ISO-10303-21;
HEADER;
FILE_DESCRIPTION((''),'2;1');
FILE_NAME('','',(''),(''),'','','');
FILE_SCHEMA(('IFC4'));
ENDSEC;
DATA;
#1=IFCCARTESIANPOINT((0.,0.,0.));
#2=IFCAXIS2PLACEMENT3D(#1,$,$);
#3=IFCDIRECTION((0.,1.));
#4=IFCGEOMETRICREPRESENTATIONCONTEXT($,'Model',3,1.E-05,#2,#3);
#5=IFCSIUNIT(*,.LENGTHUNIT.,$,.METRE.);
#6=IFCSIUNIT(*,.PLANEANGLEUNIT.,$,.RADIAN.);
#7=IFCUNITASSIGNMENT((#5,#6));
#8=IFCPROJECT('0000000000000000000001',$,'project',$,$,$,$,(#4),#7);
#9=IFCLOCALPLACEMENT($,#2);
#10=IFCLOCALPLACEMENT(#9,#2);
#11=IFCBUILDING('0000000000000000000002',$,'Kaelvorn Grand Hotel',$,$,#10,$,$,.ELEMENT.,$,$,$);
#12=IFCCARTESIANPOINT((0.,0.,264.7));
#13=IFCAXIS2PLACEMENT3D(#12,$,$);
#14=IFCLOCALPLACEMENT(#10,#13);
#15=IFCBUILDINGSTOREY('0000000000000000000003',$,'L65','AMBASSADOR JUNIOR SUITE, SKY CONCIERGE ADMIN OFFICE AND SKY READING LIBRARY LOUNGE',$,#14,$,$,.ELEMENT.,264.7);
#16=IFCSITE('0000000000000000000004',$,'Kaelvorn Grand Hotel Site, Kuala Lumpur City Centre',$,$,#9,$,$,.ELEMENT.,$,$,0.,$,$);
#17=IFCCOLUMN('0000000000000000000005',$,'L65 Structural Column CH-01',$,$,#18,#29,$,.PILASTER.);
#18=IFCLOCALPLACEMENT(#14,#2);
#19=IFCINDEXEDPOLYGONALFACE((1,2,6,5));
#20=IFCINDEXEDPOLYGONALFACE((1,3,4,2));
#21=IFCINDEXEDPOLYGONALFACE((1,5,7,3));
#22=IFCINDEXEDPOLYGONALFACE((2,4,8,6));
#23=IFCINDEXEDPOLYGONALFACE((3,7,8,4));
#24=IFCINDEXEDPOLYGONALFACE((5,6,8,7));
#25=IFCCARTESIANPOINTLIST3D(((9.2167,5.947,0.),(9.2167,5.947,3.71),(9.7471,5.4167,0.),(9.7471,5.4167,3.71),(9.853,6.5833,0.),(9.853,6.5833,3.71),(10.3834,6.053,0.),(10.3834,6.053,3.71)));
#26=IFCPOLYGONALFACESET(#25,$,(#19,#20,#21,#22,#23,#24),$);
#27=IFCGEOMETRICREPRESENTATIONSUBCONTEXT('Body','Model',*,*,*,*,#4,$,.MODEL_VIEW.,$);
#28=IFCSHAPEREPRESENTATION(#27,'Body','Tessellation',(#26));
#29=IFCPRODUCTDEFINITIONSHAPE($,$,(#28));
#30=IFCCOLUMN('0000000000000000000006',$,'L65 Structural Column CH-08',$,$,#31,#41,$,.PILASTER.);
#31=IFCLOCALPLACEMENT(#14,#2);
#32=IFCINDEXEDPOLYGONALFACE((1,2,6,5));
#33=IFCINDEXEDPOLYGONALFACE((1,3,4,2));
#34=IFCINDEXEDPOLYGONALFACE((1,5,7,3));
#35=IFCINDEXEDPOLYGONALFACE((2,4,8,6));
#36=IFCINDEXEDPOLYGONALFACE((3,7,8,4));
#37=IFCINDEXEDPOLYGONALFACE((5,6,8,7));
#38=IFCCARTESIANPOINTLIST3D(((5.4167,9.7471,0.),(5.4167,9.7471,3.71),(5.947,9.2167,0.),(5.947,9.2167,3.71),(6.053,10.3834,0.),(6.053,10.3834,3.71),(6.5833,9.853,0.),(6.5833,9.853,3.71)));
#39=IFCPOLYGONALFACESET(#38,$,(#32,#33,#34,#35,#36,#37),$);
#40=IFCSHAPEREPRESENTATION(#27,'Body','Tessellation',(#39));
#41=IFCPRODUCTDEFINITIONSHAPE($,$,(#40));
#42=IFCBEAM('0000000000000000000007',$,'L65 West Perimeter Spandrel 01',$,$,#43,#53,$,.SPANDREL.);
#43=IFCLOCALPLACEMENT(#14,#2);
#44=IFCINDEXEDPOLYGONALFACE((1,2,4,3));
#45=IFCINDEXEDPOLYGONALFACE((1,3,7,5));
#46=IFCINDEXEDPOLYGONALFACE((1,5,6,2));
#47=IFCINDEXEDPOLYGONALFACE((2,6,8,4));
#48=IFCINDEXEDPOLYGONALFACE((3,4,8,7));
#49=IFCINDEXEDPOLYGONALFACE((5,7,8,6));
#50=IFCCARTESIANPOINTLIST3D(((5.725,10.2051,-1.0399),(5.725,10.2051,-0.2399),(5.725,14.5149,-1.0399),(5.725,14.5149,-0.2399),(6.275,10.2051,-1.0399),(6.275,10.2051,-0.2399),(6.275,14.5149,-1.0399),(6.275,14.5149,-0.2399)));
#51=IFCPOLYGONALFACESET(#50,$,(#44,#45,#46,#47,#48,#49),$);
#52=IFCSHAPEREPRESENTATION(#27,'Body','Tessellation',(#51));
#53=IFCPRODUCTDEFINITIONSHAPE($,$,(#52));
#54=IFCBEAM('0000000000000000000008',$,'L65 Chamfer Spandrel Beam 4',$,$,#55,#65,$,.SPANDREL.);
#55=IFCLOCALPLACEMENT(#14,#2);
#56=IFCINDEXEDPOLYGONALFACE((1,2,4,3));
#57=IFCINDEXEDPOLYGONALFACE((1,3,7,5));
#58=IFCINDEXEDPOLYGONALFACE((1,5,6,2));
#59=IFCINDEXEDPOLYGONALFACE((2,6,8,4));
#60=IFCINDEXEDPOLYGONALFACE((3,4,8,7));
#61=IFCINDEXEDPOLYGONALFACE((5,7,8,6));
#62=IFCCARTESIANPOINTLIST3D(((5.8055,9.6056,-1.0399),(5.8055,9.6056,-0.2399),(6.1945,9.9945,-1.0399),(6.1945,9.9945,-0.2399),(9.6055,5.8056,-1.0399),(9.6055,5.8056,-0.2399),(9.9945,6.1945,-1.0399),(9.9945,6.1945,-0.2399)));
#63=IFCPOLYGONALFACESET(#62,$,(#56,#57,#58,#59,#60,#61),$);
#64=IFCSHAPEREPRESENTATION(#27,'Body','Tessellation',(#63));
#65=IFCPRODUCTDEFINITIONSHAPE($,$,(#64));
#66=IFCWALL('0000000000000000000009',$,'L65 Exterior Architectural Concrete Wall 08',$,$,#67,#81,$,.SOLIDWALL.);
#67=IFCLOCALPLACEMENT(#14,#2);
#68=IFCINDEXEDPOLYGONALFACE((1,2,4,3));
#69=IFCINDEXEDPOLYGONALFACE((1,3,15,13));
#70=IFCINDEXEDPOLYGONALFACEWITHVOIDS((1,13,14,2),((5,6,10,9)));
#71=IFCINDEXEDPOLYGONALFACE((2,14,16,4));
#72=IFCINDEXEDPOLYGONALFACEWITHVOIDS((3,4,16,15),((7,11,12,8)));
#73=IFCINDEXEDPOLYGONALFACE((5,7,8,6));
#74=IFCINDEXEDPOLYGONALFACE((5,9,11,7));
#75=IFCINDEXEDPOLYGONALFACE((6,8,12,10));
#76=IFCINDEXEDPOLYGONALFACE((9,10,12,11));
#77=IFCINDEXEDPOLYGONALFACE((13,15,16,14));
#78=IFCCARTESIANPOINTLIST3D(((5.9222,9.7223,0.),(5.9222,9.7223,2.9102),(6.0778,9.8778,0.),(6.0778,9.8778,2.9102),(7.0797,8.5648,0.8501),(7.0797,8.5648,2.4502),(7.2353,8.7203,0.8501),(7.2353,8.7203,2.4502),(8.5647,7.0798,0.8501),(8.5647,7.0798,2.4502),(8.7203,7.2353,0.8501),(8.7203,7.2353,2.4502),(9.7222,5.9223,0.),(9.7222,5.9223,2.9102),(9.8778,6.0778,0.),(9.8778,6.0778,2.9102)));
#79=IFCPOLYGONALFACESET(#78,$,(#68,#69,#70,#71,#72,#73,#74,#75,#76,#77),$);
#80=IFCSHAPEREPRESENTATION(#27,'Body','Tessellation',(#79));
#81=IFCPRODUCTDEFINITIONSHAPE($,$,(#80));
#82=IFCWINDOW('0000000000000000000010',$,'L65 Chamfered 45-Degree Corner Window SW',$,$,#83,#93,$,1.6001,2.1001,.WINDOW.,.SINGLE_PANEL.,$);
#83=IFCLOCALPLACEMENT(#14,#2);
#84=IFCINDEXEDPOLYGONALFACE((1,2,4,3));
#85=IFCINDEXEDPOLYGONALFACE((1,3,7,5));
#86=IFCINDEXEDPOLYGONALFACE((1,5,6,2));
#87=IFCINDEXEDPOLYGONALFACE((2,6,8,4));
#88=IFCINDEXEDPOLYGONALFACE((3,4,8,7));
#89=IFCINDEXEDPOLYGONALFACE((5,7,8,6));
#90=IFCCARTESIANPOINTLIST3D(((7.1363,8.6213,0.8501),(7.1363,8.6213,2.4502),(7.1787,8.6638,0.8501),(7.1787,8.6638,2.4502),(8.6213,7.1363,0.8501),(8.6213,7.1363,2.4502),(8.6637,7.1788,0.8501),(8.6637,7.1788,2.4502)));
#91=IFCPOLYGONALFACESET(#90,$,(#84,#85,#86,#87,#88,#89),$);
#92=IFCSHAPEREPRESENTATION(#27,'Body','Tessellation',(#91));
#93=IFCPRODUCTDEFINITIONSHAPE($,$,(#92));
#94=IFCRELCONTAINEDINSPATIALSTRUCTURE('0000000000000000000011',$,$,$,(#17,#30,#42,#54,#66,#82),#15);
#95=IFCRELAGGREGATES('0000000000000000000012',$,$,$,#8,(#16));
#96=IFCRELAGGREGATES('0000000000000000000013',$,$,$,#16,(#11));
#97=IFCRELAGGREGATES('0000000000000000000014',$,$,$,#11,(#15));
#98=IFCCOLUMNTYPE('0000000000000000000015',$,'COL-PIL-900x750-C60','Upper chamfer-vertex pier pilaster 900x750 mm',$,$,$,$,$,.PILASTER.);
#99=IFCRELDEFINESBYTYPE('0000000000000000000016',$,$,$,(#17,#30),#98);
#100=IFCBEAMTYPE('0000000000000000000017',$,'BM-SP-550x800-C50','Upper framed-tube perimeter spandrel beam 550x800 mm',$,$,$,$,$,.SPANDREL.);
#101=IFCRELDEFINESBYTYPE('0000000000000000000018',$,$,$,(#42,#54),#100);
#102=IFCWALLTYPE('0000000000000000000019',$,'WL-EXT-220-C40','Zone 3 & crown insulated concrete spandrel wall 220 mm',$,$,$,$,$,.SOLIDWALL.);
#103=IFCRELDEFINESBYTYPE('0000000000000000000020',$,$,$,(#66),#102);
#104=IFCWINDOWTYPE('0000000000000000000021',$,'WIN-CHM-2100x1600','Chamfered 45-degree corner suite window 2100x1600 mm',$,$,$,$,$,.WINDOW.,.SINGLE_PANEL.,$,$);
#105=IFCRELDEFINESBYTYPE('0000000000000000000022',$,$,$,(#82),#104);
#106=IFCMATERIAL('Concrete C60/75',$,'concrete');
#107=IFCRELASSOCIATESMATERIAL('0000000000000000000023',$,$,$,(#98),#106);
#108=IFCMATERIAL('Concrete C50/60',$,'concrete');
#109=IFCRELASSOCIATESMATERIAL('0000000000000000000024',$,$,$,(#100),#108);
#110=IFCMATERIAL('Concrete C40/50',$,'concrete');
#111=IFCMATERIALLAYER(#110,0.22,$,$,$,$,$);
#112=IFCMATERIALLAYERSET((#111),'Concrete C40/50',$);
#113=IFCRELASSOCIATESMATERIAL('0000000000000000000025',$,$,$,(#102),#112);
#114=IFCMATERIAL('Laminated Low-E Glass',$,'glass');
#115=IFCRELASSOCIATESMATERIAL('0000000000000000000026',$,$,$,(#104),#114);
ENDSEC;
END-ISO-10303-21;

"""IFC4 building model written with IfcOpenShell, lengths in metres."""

from ifc_helpers import new_model, si_unit, direction, frame, frame_2d, origin, origin_2d, place, context, subcontext, project, spatial, rectangle, extrude, material, layer, layer_set, material_profile, profile_set, type_object, element, fill, save


model = new_model("IFC4")

# Units and contexts
model_context = context("Model", 3, precision=1e-05, world=origin(), true_north=direction((0.0, 1.0)))
body_context = subcontext(model_context, "Body", "Model", "MODEL_VIEW")
ifc_project = project(units=[si_unit("LENGTHUNIT", "METRE"), si_unit("PLANEANGLEUNIT", "RADIAN")], contexts=[model_context])

# Site, building, storey
site_placement = place(None, origin())
site = spatial("IfcSite", under=ifc_project, at=site_placement, Name="Kaelvorn Grand Hotel Site, Kuala Lumpur City Centre", CompositionType="ELEMENT", RefElevation=0.0)
building_placement = place(site_placement, origin())
building = spatial("IfcBuilding", under=site, at=building_placement, Name="Kaelvorn Grand Hotel", CompositionType="ELEMENT")
storey_placement = place(building_placement, frame((0.0, 0.0, 264.7)))
storey = spatial("IfcBuildingStorey", under=building, at=storey_placement, Name="L65", Description="AMBASSADOR JUNIOR SUITE, SKY CONCIERGE ADMIN OFFICE AND SKY READING LIBRARY LOUNGE", CompositionType="ELEMENT", Elevation=264.7)

# Columns
ifc_material_1 = material(Name="Concrete C60/75", Category="concrete")
ifc_material_profile_1 = material_profile(ifc_material_1, rectangle(XDim=0.8999, YDim=0.75, at=origin_2d()), Name="RC PILASTER 900x750")
ifc_profile_set_1 = profile_set([ifc_material_profile_1], Name="Concrete C60/75")
column_type = type_object("IfcColumnType", Name="COL-PIL-900x750-C60", Description="Upper chamfer-vertex pier pilaster 900x750 mm", PredefinedType="PILASTER", material=ifc_profile_set_1)
for number, where, z_axis, x_axis, name in (
    (1, (9.8, 6.0, 0.0), (0.0, 0.0, 1.0), (0.707107, 0.707107, 0.0), "L65 Structural Column CH-01"),
    (2, (6.0, 9.8, 0.0), (0.0, 0.0, 1.0), (0.707107, 0.707107, 0.0), "L65 Structural Column CH-08"),
):
    element("IfcColumn", number, at=place(storey_placement, frame(where, z_axis=z_axis, x_axis=x_axis)), inside=storey, type_object=column_type, Name=name, PredefinedType="PILASTER", context=body_context, shape_type="SweptSolid", body=[
        extrude(rectangle(XDim=0.8999, YDim=0.75, at=origin_2d()), origin(), (0.0, 0.0, 1.0), 3.71),
    ])

# Beams
ifc_material_2 = material(Name="Concrete C50/60", Category="concrete")
ifc_material_profile_2 = material_profile(ifc_material_2, rectangle(XDim=0.55, YDim=0.8, at=origin_2d()), Name="RC SPANDREL 550x800")
ifc_profile_set_2 = profile_set([ifc_material_profile_2], Name="Concrete C50/60")
beam_type = type_object("IfcBeamType", Name="BM-SP-550x800-C50", Description="Upper framed-tube perimeter spandrel beam 550x800 mm", PredefinedType="SPANDREL", material=ifc_profile_set_2)
beam_1_placement = place(storey_placement, frame((6.0, 10.2051, -0.6399), z_axis=(0.0, 1.0, 0.0), x_axis=(-1.0, 0.0, 0.0)))
element("IfcBeam", 3, at=beam_1_placement, inside=storey, type_object=beam_type, Name="L65 West Perimeter Spandrel 01", PredefinedType="SPANDREL", context=body_context, shape_type="SweptSolid", body=[
    extrude(rectangle(XDim=0.55, YDim=0.8, at=origin_2d()), origin(), (0.0, 0.0, 1.0), 4.3098),
])
beam_2_placement = place(storey_placement, frame((6.0, 9.8, -0.6399), z_axis=(0.707107, -0.707107, 0.0), x_axis=(0.707107, 0.707107, 0.0)))
element("IfcBeam", 4, at=beam_2_placement, inside=storey, type_object=beam_type, Name="L65 Chamfer Spandrel Beam 4", PredefinedType="SPANDREL", context=body_context, shape_type="SweptSolid", body=[
    extrude(rectangle(XDim=0.55, YDim=0.8, at=origin_2d()), origin(), (0.0, 0.0, 1.0), 5.374),
])

# Wall, opening, window
ifc_material_3 = material(Name="Concrete C40/50", Category="concrete")
ifc_layer = layer(ifc_material_3, 0.22)
ifc_layer_set = layer_set([ifc_layer], Name="Concrete C40/50")
wall_type = type_object("IfcWallType", Name="WL-EXT-220-C40", Description="Zone 3 & crown insulated concrete spandrel wall 220 mm", PredefinedType="SOLIDWALL", material=ifc_layer_set)
wall_placement = place(storey_placement, frame((6.0, 9.8, 0.0), z_axis=(0.0, 0.0, 1.0), x_axis=(0.707107, -0.707107, 0.0)))
wall = element("IfcWall", 5, at=wall_placement, inside=storey, type_object=wall_type, Name="L65 Exterior Architectural Concrete Wall 08", PredefinedType="SOLIDWALL", context=body_context, shape_type="SweptSolid", body=[
    extrude(rectangle(XDim=5.374, YDim=0.22, at=frame_2d((2.687, 0.0))), origin(), (0.0, 0.0, 1.0), 2.9102),
])
opening_placement = place(wall_placement, frame((1.637, 0.0, 0.8501)))
opening = element("IfcOpeningElement", 6, at=opening_placement, cuts=wall, PredefinedType="OPENING", context=body_context, shape_type="SweptSolid", body=[
    extrude(rectangle(XDim=2.1001, YDim=1.6001, at=frame_2d((1.05, 0.8))), frame((0.0, 0.1201, 0.0), z_axis=(0.0, -1.0, 0.0), x_axis=(1.0, 0.0, 0.0)), (0.0, 0.0, 1.0), 0.24),
])
ifc_material_4 = material(Name="Laminated Low-E Glass", Category="glass")
window_type = type_object("IfcWindowType", Name="WIN-CHM-2100x1600", Description="Chamfered 45-degree corner suite window 2100x1600 mm", PartitioningType="SINGLE_PANEL", PredefinedType="WINDOW", material=ifc_material_4)
window_placement = place(opening_placement, origin())
window = element("IfcWindow", 7, at=window_placement, inside=storey, type_object=window_type, Name="L65 Chamfered 45-Degree Corner Window SW", OverallHeight=1.6001, OverallWidth=2.1001, PartitioningType="SINGLE_PANEL", PredefinedType="WINDOW", context=body_context, shape_type="SweptSolid", body=[
    extrude(rectangle(XDim=2.1001, YDim=1.6001, at=frame_2d((1.05, 0.8))), frame((0.0, 0.03, 0.0), z_axis=(0.0, -1.0, 0.0), x_axis=(1.0, 0.0, 0.0)), (0.0, 0.0, 1.0), 0.0601),
])
fill(opening, window)

save(model, "model.ifc")
